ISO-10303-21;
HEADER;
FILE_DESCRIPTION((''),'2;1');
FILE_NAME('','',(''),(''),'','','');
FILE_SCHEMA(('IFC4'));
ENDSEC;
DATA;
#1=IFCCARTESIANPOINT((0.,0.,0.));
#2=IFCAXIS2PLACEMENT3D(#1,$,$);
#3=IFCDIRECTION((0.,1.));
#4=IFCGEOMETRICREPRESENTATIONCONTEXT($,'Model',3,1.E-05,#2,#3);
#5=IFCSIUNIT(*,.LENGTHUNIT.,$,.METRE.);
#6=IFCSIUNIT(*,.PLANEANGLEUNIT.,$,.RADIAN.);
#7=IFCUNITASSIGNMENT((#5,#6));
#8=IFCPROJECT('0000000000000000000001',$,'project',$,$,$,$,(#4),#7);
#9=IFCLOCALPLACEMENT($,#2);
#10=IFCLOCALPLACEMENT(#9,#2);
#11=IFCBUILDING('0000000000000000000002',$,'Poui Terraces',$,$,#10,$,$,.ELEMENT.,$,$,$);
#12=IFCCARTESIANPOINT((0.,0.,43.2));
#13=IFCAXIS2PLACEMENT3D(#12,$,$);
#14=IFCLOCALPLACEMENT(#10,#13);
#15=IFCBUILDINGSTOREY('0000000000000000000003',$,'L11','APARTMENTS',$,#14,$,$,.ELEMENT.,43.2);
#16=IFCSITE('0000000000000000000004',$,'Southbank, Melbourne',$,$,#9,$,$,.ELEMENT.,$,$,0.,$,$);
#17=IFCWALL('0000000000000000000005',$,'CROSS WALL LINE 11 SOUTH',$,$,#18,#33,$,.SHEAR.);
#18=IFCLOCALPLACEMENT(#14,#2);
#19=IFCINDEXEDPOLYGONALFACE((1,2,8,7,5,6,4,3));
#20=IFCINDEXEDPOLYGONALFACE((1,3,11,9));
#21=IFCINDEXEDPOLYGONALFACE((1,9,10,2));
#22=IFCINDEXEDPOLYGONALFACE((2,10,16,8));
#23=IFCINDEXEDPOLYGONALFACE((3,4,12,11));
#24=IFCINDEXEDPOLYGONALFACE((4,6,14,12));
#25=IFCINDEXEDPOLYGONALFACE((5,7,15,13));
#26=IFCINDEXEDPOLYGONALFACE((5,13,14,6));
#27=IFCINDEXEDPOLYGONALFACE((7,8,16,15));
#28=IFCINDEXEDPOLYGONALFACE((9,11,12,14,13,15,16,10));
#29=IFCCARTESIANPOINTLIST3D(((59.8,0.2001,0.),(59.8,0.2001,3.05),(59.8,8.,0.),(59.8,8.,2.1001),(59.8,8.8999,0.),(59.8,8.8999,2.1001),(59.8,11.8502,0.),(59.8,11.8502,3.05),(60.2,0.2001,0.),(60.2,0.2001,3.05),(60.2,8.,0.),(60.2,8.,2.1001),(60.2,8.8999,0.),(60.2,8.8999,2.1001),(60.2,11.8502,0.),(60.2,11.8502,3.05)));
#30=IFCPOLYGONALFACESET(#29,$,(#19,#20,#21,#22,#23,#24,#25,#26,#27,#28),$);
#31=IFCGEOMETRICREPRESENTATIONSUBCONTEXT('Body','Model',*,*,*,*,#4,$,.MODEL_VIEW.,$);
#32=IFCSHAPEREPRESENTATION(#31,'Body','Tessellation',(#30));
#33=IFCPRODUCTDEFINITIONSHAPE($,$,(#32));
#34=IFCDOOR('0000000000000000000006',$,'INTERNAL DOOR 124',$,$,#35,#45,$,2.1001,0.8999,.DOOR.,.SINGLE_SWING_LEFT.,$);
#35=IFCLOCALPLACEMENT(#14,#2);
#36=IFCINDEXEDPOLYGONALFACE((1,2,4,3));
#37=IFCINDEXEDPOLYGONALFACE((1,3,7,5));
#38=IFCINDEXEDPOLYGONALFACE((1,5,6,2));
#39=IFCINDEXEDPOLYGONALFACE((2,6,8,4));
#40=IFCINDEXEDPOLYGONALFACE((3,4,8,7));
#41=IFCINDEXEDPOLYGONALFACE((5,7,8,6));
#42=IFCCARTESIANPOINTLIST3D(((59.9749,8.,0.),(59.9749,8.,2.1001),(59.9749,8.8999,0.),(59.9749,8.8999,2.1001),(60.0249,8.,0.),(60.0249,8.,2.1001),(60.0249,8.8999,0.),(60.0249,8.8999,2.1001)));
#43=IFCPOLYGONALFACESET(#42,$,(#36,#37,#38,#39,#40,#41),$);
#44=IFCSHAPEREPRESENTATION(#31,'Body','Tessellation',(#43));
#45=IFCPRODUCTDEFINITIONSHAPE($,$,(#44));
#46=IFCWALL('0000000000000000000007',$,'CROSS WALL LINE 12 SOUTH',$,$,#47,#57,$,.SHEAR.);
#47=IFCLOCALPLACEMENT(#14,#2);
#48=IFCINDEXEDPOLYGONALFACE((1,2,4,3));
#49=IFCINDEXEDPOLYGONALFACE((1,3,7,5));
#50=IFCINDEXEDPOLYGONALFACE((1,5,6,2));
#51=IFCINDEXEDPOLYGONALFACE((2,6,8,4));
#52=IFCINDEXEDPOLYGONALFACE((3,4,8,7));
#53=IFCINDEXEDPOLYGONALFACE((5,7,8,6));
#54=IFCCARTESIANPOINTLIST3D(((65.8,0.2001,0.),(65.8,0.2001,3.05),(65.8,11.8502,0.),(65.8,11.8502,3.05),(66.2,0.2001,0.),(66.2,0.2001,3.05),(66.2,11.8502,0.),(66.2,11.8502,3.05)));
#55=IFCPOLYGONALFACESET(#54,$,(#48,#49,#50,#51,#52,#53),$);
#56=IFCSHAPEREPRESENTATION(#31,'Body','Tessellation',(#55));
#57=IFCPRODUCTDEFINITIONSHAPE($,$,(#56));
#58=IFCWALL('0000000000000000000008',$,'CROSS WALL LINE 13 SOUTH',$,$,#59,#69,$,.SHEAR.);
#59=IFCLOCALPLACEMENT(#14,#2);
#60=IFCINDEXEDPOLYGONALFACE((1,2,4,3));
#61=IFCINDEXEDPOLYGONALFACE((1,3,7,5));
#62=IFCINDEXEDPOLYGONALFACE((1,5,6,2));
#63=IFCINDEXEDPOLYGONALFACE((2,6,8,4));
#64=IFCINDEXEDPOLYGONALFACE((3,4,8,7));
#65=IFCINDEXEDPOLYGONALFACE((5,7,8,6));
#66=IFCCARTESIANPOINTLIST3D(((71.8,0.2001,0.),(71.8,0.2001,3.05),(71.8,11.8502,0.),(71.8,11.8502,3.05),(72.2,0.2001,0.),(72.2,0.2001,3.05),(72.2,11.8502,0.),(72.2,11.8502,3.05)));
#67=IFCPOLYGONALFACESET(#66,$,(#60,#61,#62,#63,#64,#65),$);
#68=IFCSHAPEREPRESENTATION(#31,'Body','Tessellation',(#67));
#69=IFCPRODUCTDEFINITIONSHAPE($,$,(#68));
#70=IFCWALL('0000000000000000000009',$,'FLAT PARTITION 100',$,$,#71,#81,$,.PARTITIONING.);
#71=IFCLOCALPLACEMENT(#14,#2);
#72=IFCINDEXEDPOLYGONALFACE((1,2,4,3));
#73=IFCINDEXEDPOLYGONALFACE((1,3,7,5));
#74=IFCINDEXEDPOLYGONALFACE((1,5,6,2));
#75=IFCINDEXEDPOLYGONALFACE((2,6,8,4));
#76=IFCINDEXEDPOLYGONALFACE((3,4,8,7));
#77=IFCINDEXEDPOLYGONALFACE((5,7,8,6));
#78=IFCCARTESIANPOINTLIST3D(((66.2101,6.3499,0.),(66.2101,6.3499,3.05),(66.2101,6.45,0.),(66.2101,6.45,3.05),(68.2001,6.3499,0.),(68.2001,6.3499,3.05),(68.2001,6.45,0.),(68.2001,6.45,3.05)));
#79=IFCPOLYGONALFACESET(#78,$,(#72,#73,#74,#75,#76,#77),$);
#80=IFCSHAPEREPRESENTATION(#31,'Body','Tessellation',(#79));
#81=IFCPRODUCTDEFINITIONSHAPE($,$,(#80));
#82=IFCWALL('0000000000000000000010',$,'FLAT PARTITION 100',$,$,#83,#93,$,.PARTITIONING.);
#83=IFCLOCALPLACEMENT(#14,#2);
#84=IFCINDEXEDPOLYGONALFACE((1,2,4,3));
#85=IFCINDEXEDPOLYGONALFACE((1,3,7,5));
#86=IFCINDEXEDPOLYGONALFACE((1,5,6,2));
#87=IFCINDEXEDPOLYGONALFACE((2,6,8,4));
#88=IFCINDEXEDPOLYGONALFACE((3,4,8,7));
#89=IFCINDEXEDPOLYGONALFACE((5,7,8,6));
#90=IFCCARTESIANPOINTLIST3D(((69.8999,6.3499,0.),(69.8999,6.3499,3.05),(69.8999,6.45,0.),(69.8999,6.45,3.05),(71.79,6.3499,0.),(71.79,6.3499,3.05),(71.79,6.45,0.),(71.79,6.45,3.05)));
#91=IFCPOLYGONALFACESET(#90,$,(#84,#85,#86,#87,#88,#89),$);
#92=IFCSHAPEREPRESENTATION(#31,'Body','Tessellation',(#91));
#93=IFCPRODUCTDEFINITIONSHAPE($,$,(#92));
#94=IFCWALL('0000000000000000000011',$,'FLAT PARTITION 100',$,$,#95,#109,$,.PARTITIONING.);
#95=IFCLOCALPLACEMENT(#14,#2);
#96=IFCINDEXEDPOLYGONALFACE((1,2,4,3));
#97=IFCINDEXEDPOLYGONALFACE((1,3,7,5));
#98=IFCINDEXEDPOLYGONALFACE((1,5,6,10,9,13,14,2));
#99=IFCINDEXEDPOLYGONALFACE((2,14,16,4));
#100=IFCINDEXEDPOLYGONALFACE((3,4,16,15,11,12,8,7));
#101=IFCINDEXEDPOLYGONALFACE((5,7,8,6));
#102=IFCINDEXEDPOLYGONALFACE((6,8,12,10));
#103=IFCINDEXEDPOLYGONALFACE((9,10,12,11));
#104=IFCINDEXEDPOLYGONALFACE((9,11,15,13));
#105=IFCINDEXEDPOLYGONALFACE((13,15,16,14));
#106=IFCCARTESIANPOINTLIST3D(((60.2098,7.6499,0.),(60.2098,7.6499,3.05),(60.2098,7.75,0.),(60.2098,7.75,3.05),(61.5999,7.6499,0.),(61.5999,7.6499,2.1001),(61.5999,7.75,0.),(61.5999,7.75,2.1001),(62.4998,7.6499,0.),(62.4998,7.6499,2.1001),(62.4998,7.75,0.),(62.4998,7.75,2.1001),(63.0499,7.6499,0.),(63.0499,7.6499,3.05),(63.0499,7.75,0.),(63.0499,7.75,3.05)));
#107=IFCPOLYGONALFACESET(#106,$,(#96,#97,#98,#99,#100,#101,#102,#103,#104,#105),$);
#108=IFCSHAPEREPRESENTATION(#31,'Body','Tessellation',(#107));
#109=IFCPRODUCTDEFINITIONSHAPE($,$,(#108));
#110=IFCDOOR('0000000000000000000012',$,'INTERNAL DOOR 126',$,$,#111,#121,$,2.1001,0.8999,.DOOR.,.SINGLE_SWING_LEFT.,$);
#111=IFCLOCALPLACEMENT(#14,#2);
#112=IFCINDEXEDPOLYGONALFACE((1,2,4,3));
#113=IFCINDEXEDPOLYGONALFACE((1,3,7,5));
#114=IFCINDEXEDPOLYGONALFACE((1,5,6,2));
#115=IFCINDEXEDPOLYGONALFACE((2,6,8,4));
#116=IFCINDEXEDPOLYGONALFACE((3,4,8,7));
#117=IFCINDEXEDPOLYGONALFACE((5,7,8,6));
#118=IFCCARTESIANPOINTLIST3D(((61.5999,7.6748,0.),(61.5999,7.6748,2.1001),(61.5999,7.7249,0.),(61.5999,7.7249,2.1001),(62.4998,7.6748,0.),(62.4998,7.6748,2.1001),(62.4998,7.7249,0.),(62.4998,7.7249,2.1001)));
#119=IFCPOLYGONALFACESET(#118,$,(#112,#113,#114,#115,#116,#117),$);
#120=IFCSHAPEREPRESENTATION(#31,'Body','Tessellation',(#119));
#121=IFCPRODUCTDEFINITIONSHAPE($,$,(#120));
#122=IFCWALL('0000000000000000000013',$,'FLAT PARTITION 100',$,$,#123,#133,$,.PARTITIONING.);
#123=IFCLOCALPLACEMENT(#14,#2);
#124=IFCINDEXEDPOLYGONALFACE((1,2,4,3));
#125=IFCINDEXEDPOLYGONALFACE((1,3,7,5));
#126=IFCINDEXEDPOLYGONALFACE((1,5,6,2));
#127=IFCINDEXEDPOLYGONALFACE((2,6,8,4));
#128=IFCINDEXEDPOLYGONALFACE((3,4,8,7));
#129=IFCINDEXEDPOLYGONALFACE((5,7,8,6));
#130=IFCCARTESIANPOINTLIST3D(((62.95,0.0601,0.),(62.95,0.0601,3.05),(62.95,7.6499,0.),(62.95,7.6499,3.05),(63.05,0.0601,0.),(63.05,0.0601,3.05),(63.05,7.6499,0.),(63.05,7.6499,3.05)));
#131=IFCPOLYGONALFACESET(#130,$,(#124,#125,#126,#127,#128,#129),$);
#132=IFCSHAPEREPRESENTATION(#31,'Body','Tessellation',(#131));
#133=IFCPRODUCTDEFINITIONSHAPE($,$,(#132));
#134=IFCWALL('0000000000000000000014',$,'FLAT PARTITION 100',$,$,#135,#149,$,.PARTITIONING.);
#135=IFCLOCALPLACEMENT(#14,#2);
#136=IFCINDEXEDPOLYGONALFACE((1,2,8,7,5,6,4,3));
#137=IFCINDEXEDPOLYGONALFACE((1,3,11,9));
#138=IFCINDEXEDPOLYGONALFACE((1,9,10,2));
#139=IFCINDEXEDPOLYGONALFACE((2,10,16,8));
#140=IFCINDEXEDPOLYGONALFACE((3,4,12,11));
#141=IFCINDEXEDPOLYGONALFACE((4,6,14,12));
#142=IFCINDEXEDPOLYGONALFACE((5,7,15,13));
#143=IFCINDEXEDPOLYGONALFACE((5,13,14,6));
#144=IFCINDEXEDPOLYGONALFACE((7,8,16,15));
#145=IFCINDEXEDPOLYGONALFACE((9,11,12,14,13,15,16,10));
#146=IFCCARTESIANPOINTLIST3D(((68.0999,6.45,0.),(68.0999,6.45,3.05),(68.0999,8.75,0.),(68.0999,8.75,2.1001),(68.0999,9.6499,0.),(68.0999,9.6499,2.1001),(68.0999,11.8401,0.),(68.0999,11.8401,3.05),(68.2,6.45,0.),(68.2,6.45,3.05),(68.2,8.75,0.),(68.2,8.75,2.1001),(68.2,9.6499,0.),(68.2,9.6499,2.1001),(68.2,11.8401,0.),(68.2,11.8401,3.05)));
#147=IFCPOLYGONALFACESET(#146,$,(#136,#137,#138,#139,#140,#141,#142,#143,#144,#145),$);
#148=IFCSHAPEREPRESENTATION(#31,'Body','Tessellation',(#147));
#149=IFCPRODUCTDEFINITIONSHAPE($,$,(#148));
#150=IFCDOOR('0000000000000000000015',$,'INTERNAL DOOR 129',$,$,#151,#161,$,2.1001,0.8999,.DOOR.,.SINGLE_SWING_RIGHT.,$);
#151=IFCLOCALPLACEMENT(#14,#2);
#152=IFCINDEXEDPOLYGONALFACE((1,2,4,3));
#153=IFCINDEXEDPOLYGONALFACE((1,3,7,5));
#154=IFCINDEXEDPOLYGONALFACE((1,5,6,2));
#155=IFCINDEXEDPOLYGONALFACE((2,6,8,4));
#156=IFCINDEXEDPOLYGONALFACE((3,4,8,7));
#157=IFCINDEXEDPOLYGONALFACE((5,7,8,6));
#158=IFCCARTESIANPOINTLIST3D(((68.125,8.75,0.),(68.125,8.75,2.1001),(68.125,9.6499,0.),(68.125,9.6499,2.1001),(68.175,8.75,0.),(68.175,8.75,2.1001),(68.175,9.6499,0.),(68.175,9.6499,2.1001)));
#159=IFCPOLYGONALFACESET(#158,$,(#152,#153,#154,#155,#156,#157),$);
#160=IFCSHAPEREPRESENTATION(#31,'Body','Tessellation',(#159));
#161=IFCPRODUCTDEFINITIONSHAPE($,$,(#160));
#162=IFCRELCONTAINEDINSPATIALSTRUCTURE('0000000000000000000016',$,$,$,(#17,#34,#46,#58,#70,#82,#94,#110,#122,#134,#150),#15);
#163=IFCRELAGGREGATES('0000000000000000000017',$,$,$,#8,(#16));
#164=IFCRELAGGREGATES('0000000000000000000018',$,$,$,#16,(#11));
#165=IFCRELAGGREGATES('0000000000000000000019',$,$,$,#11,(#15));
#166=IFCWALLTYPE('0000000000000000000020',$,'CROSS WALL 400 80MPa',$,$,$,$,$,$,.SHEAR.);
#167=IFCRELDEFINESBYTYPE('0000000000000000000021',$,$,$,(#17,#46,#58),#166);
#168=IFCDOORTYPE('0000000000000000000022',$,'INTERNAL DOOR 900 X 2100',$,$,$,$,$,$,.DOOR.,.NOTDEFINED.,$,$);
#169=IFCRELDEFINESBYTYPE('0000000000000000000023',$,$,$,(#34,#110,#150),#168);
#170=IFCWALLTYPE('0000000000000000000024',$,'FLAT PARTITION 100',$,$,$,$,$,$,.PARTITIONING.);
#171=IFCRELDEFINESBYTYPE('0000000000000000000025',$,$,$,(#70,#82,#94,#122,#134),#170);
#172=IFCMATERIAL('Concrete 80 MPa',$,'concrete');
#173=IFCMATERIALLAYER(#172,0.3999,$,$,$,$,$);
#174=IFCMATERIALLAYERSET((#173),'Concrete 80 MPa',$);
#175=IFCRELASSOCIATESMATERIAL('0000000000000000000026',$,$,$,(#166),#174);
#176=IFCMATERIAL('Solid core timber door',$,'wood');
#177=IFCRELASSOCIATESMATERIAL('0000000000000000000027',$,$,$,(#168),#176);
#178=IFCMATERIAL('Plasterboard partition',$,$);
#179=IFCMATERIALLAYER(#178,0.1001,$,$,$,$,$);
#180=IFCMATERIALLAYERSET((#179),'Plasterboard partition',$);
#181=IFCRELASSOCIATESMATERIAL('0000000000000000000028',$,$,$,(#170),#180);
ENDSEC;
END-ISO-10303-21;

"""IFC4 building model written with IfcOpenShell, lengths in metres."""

from ifc_helpers import new_model, si_unit, direction, frame, frame_2d, origin, place, context, subcontext, project, spatial, rectangle, extrude, material, layer, layer_set, type_object, element, fill, save


model = new_model("IFC4")

# Units and contexts
model_context = context("Model", 3, precision=1e-05, world=origin(), true_north=direction((0.0, 1.0)))
body_context = subcontext(model_context, "Body", "Model", "MODEL_VIEW")
ifc_project = project(units=[si_unit("LENGTHUNIT", "METRE"), si_unit("PLANEANGLEUNIT", "RADIAN")], contexts=[model_context])

# Site, building, storey
site_placement = place(None, origin())
site = spatial("IfcSite", under=ifc_project, at=site_placement, Name="Southbank, Melbourne", CompositionType="ELEMENT", RefElevation=0.0)
building_placement = place(site_placement, origin())
building = spatial("IfcBuilding", under=site, at=building_placement, Name="Poui Terraces", CompositionType="ELEMENT")
storey_placement = place(building_placement, frame((0.0, 0.0, 43.2)))
storey = spatial("IfcBuildingStorey", under=building, at=storey_placement, Name="L11", Description="APARTMENTS", CompositionType="ELEMENT", Elevation=43.2)

# Wall, opening, door
ifc_material_1 = material(Name="Concrete 80 MPa", Category="concrete")
ifc_layer_1 = layer(ifc_material_1, 0.3999)
ifc_layer_set_1 = layer_set([ifc_layer_1], Name="Concrete 80 MPa")
wall_type_1 = type_object("IfcWallType", Name="CROSS WALL 400 80MPa", PredefinedType="SHEAR", material=ifc_layer_set_1)
wall_1_placement = place(storey_placement, frame((60.0, 0.2, 0.0), z_axis=(0.0, 0.0, 1.0), x_axis=(0.0, 1.0, 0.0)))
wall_1 = element("IfcWall", 1, at=wall_1_placement, inside=storey, type_object=wall_type_1, Name="CROSS WALL LINE 11 SOUTH", PredefinedType="SHEAR", context=body_context, shape_type="SweptSolid", body=[
    extrude(rectangle(XDim=11.6501, YDim=0.3999, at=frame_2d((5.8252, 0.0))), origin(), (0.0, 0.0, 1.0), 3.05),
])
opening_1_placement = place(wall_1_placement, frame((7.8, 0.0, 0.0)))
opening_1 = element("IfcOpeningElement", 2, at=opening_1_placement, cuts=wall_1, PredefinedType="OPENING", context=body_context, shape_type="SweptSolid", body=[
    extrude(rectangle(XDim=0.8999, YDim=2.1001, at=frame_2d((0.45, 1.05))), frame((0.0, 0.21, 0.0), z_axis=(0.0, -1.0, 0.0), x_axis=(1.0, 0.0, 0.0)), (0.0, 0.0, 1.0), 0.4199),
])
ifc_material_2 = material(Name="Solid core timber door", Category="wood")
door_type_1 = type_object("IfcDoorType", Name="INTERNAL DOOR 900 X 2100", OperationType="NOTDEFINED", PredefinedType="DOOR", material=ifc_material_2)
door_1_placement = place(opening_1_placement, frame((0.8999, 0.0, 0.0), z_axis=(0.0, 0.0, 1.0), x_axis=(-1.0, 0.0, 0.0)))
door_1 = element("IfcDoor", 3, at=door_1_placement, inside=storey, type_object=door_type_1, Name="INTERNAL DOOR 124", OperationType="SINGLE_SWING_LEFT", OverallHeight=2.1001, OverallWidth=0.8999, PredefinedType="DOOR", context=body_context, shape_type="SweptSolid", body=[
    extrude(rectangle(XDim=0.8999, YDim=2.1001, at=frame_2d((0.45, 1.05))), frame((0.0, 0.0249, 0.0), z_axis=(0.0, -1.0, 0.0), x_axis=(1.0, 0.0, 0.0)), (0.0, 0.0, 1.0), 0.05),
])
fill(opening_1, door_1)

# Walls
for number, where, z_axis, x_axis, name in (
    (4, (66.0, 0.2, 0.0), (0.0, 0.0, 1.0), (0.0, 1.0, 0.0), "CROSS WALL LINE 12 SOUTH"),
    (5, (72.0, 0.2, 0.0), (0.0, 0.0, 1.0), (0.0, 1.0, 0.0), "CROSS WALL LINE 13 SOUTH"),
):
    element("IfcWall", number, at=place(storey_placement, frame(where, z_axis=z_axis, x_axis=x_axis)), inside=storey, type_object=wall_type_1, Name=name, PredefinedType="SHEAR", context=body_context, shape_type="SweptSolid", body=[
        extrude(rectangle(XDim=11.6501, YDim=0.3999, at=frame_2d((5.8252, 0.0))), origin(), (0.0, 0.0, 1.0), 3.05),
    ])
ifc_material_3 = material(Name="Plasterboard partition")
ifc_layer_2 = layer(ifc_material_3, 0.1001)
ifc_layer_set_2 = layer_set([ifc_layer_2], Name="Plasterboard partition")
wall_type_2 = type_object("IfcWallType", Name="FLAT PARTITION 100", PredefinedType="PARTITIONING", material=ifc_layer_set_2)
wall_2_placement = place(storey_placement, frame((66.21, 6.3999, 0.0), z_axis=(0.0, 0.0, 1.0), x_axis=(1.0, 0.0, 0.0)))
element("IfcWall", 6, at=wall_2_placement, inside=storey, type_object=wall_type_2, Name="FLAT PARTITION 100", PredefinedType="PARTITIONING", context=body_context, shape_type="SweptSolid", body=[
    extrude(rectangle(XDim=1.99, YDim=0.1001, at=frame_2d((0.9951, 0.0))), origin(), (0.0, 0.0, 1.0), 3.05),
])
wall_3_placement = place(storey_placement, frame((69.8999, 6.3999, 0.0), z_axis=(0.0, 0.0, 1.0), x_axis=(1.0, 0.0, 0.0)))
element("IfcWall", 7, at=wall_3_placement, inside=storey, type_object=wall_type_2, Name="FLAT PARTITION 100", PredefinedType="PARTITIONING", context=body_context, shape_type="SweptSolid", body=[
    extrude(rectangle(XDim=1.8901, YDim=0.1001, at=frame_2d((0.9451, 0.0))), origin(), (0.0, 0.0, 1.0), 3.05),
])

# Wall, opening, door
wall_4_placement = place(storey_placement, frame((60.21, 7.7, 0.0), z_axis=(0.0, 0.0, 1.0), x_axis=(1.0, 0.0, 0.0)))
wall_4 = element("IfcWall", 8, at=wall_4_placement, inside=storey, type_object=wall_type_2, Name="FLAT PARTITION 100", PredefinedType="PARTITIONING", context=body_context, shape_type="SweptSolid", body=[
    extrude(rectangle(XDim=2.8401, YDim=0.1001, at=frame_2d((1.4199, 0.0))), origin(), (0.0, 0.0, 1.0), 3.05),
])
opening_2_placement = place(wall_4_placement, frame((1.3899, 0.0, 0.0)))
opening_2 = element("IfcOpeningElement", 9, at=opening_2_placement, cuts=wall_4, PredefinedType="OPENING", context=body_context, shape_type="SweptSolid", body=[
    extrude(rectangle(XDim=0.8999, YDim=2.1001, at=frame_2d((0.45, 1.05))), frame((0.0, 0.0601, 0.0), z_axis=(0.0, -1.0, 0.0), x_axis=(1.0, 0.0, 0.0)), (0.0, 0.0, 1.0), 0.1201),
])
door_2_placement = place(opening_2_placement, origin())
door_2 = element("IfcDoor", 10, at=door_2_placement, inside=storey, type_object=door_type_1, Name="INTERNAL DOOR 126", OperationType="SINGLE_SWING_LEFT", OverallHeight=2.1001, OverallWidth=0.8999, PredefinedType="DOOR", context=body_context, shape_type="SweptSolid", body=[
    extrude(rectangle(XDim=0.8999, YDim=2.1001, at=frame_2d((0.45, 1.05))), frame((0.0, 0.0249, 0.0), z_axis=(0.0, -1.0, 0.0), x_axis=(1.0, 0.0, 0.0)), (0.0, 0.0, 1.0), 0.05),
])
fill(opening_2, door_2)

# Wall
wall_5_placement = place(storey_placement, frame((63.0, 0.0601, 0.0), z_axis=(0.0, 0.0, 1.0), x_axis=(0.0, 1.0, 0.0)))
element("IfcWall", 11, at=wall_5_placement, inside=storey, type_object=wall_type_2, Name="FLAT PARTITION 100", PredefinedType="PARTITIONING", context=body_context, shape_type="SweptSolid", body=[
    extrude(rectangle(XDim=7.5898, YDim=0.1001, at=frame_2d((3.7949, 0.0))), origin(), (0.0, 0.0, 1.0), 3.05),
])

# Wall, opening, door
wall_6_placement = place(storey_placement, frame((68.1499, 6.45, 0.0), z_axis=(0.0, 0.0, 1.0), x_axis=(0.0, 1.0, 0.0)))
wall_6 = element("IfcWall", 12, at=wall_6_placement, inside=storey, type_object=wall_type_2, Name="FLAT PARTITION 100", PredefinedType="PARTITIONING", context=body_context, shape_type="SweptSolid", body=[
    extrude(rectangle(XDim=5.3901, YDim=0.1001, at=frame_2d((2.6951, 0.0))), origin(), (0.0, 0.0, 1.0), 3.05),
])
opening_3_placement = place(wall_6_placement, frame((2.3, 0.0, 0.0)))
opening_3 = element("IfcOpeningElement", 13, at=opening_3_placement, cuts=wall_6, PredefinedType="OPENING", context=body_context, shape_type="SweptSolid", body=[
    extrude(rectangle(XDim=0.8999, YDim=2.1001, at=frame_2d((0.45, 1.05))), frame((0.0, 0.0601, 0.0), z_axis=(0.0, -1.0, 0.0), x_axis=(1.0, 0.0, 0.0)), (0.0, 0.0, 1.0), 0.1201),
])
door_3_placement = place(opening_3_placement, origin())
door_3 = element("IfcDoor", 14, at=door_3_placement, inside=storey, type_object=door_type_1, Name="INTERNAL DOOR 129", OperationType="SINGLE_SWING_RIGHT", OverallHeight=2.1001, OverallWidth=0.8999, PredefinedType="DOOR", context=body_context, shape_type="SweptSolid", body=[
    extrude(rectangle(XDim=0.8999, YDim=2.1001, at=frame_2d((0.45, 1.05))), frame((0.0, 0.0249, 0.0), z_axis=(0.0, -1.0, 0.0), x_axis=(1.0, 0.0, 0.0)), (0.0, 0.0, 1.0), 0.05),
])
fill(opening_3, door_3)

save(model, "model.ifc")
